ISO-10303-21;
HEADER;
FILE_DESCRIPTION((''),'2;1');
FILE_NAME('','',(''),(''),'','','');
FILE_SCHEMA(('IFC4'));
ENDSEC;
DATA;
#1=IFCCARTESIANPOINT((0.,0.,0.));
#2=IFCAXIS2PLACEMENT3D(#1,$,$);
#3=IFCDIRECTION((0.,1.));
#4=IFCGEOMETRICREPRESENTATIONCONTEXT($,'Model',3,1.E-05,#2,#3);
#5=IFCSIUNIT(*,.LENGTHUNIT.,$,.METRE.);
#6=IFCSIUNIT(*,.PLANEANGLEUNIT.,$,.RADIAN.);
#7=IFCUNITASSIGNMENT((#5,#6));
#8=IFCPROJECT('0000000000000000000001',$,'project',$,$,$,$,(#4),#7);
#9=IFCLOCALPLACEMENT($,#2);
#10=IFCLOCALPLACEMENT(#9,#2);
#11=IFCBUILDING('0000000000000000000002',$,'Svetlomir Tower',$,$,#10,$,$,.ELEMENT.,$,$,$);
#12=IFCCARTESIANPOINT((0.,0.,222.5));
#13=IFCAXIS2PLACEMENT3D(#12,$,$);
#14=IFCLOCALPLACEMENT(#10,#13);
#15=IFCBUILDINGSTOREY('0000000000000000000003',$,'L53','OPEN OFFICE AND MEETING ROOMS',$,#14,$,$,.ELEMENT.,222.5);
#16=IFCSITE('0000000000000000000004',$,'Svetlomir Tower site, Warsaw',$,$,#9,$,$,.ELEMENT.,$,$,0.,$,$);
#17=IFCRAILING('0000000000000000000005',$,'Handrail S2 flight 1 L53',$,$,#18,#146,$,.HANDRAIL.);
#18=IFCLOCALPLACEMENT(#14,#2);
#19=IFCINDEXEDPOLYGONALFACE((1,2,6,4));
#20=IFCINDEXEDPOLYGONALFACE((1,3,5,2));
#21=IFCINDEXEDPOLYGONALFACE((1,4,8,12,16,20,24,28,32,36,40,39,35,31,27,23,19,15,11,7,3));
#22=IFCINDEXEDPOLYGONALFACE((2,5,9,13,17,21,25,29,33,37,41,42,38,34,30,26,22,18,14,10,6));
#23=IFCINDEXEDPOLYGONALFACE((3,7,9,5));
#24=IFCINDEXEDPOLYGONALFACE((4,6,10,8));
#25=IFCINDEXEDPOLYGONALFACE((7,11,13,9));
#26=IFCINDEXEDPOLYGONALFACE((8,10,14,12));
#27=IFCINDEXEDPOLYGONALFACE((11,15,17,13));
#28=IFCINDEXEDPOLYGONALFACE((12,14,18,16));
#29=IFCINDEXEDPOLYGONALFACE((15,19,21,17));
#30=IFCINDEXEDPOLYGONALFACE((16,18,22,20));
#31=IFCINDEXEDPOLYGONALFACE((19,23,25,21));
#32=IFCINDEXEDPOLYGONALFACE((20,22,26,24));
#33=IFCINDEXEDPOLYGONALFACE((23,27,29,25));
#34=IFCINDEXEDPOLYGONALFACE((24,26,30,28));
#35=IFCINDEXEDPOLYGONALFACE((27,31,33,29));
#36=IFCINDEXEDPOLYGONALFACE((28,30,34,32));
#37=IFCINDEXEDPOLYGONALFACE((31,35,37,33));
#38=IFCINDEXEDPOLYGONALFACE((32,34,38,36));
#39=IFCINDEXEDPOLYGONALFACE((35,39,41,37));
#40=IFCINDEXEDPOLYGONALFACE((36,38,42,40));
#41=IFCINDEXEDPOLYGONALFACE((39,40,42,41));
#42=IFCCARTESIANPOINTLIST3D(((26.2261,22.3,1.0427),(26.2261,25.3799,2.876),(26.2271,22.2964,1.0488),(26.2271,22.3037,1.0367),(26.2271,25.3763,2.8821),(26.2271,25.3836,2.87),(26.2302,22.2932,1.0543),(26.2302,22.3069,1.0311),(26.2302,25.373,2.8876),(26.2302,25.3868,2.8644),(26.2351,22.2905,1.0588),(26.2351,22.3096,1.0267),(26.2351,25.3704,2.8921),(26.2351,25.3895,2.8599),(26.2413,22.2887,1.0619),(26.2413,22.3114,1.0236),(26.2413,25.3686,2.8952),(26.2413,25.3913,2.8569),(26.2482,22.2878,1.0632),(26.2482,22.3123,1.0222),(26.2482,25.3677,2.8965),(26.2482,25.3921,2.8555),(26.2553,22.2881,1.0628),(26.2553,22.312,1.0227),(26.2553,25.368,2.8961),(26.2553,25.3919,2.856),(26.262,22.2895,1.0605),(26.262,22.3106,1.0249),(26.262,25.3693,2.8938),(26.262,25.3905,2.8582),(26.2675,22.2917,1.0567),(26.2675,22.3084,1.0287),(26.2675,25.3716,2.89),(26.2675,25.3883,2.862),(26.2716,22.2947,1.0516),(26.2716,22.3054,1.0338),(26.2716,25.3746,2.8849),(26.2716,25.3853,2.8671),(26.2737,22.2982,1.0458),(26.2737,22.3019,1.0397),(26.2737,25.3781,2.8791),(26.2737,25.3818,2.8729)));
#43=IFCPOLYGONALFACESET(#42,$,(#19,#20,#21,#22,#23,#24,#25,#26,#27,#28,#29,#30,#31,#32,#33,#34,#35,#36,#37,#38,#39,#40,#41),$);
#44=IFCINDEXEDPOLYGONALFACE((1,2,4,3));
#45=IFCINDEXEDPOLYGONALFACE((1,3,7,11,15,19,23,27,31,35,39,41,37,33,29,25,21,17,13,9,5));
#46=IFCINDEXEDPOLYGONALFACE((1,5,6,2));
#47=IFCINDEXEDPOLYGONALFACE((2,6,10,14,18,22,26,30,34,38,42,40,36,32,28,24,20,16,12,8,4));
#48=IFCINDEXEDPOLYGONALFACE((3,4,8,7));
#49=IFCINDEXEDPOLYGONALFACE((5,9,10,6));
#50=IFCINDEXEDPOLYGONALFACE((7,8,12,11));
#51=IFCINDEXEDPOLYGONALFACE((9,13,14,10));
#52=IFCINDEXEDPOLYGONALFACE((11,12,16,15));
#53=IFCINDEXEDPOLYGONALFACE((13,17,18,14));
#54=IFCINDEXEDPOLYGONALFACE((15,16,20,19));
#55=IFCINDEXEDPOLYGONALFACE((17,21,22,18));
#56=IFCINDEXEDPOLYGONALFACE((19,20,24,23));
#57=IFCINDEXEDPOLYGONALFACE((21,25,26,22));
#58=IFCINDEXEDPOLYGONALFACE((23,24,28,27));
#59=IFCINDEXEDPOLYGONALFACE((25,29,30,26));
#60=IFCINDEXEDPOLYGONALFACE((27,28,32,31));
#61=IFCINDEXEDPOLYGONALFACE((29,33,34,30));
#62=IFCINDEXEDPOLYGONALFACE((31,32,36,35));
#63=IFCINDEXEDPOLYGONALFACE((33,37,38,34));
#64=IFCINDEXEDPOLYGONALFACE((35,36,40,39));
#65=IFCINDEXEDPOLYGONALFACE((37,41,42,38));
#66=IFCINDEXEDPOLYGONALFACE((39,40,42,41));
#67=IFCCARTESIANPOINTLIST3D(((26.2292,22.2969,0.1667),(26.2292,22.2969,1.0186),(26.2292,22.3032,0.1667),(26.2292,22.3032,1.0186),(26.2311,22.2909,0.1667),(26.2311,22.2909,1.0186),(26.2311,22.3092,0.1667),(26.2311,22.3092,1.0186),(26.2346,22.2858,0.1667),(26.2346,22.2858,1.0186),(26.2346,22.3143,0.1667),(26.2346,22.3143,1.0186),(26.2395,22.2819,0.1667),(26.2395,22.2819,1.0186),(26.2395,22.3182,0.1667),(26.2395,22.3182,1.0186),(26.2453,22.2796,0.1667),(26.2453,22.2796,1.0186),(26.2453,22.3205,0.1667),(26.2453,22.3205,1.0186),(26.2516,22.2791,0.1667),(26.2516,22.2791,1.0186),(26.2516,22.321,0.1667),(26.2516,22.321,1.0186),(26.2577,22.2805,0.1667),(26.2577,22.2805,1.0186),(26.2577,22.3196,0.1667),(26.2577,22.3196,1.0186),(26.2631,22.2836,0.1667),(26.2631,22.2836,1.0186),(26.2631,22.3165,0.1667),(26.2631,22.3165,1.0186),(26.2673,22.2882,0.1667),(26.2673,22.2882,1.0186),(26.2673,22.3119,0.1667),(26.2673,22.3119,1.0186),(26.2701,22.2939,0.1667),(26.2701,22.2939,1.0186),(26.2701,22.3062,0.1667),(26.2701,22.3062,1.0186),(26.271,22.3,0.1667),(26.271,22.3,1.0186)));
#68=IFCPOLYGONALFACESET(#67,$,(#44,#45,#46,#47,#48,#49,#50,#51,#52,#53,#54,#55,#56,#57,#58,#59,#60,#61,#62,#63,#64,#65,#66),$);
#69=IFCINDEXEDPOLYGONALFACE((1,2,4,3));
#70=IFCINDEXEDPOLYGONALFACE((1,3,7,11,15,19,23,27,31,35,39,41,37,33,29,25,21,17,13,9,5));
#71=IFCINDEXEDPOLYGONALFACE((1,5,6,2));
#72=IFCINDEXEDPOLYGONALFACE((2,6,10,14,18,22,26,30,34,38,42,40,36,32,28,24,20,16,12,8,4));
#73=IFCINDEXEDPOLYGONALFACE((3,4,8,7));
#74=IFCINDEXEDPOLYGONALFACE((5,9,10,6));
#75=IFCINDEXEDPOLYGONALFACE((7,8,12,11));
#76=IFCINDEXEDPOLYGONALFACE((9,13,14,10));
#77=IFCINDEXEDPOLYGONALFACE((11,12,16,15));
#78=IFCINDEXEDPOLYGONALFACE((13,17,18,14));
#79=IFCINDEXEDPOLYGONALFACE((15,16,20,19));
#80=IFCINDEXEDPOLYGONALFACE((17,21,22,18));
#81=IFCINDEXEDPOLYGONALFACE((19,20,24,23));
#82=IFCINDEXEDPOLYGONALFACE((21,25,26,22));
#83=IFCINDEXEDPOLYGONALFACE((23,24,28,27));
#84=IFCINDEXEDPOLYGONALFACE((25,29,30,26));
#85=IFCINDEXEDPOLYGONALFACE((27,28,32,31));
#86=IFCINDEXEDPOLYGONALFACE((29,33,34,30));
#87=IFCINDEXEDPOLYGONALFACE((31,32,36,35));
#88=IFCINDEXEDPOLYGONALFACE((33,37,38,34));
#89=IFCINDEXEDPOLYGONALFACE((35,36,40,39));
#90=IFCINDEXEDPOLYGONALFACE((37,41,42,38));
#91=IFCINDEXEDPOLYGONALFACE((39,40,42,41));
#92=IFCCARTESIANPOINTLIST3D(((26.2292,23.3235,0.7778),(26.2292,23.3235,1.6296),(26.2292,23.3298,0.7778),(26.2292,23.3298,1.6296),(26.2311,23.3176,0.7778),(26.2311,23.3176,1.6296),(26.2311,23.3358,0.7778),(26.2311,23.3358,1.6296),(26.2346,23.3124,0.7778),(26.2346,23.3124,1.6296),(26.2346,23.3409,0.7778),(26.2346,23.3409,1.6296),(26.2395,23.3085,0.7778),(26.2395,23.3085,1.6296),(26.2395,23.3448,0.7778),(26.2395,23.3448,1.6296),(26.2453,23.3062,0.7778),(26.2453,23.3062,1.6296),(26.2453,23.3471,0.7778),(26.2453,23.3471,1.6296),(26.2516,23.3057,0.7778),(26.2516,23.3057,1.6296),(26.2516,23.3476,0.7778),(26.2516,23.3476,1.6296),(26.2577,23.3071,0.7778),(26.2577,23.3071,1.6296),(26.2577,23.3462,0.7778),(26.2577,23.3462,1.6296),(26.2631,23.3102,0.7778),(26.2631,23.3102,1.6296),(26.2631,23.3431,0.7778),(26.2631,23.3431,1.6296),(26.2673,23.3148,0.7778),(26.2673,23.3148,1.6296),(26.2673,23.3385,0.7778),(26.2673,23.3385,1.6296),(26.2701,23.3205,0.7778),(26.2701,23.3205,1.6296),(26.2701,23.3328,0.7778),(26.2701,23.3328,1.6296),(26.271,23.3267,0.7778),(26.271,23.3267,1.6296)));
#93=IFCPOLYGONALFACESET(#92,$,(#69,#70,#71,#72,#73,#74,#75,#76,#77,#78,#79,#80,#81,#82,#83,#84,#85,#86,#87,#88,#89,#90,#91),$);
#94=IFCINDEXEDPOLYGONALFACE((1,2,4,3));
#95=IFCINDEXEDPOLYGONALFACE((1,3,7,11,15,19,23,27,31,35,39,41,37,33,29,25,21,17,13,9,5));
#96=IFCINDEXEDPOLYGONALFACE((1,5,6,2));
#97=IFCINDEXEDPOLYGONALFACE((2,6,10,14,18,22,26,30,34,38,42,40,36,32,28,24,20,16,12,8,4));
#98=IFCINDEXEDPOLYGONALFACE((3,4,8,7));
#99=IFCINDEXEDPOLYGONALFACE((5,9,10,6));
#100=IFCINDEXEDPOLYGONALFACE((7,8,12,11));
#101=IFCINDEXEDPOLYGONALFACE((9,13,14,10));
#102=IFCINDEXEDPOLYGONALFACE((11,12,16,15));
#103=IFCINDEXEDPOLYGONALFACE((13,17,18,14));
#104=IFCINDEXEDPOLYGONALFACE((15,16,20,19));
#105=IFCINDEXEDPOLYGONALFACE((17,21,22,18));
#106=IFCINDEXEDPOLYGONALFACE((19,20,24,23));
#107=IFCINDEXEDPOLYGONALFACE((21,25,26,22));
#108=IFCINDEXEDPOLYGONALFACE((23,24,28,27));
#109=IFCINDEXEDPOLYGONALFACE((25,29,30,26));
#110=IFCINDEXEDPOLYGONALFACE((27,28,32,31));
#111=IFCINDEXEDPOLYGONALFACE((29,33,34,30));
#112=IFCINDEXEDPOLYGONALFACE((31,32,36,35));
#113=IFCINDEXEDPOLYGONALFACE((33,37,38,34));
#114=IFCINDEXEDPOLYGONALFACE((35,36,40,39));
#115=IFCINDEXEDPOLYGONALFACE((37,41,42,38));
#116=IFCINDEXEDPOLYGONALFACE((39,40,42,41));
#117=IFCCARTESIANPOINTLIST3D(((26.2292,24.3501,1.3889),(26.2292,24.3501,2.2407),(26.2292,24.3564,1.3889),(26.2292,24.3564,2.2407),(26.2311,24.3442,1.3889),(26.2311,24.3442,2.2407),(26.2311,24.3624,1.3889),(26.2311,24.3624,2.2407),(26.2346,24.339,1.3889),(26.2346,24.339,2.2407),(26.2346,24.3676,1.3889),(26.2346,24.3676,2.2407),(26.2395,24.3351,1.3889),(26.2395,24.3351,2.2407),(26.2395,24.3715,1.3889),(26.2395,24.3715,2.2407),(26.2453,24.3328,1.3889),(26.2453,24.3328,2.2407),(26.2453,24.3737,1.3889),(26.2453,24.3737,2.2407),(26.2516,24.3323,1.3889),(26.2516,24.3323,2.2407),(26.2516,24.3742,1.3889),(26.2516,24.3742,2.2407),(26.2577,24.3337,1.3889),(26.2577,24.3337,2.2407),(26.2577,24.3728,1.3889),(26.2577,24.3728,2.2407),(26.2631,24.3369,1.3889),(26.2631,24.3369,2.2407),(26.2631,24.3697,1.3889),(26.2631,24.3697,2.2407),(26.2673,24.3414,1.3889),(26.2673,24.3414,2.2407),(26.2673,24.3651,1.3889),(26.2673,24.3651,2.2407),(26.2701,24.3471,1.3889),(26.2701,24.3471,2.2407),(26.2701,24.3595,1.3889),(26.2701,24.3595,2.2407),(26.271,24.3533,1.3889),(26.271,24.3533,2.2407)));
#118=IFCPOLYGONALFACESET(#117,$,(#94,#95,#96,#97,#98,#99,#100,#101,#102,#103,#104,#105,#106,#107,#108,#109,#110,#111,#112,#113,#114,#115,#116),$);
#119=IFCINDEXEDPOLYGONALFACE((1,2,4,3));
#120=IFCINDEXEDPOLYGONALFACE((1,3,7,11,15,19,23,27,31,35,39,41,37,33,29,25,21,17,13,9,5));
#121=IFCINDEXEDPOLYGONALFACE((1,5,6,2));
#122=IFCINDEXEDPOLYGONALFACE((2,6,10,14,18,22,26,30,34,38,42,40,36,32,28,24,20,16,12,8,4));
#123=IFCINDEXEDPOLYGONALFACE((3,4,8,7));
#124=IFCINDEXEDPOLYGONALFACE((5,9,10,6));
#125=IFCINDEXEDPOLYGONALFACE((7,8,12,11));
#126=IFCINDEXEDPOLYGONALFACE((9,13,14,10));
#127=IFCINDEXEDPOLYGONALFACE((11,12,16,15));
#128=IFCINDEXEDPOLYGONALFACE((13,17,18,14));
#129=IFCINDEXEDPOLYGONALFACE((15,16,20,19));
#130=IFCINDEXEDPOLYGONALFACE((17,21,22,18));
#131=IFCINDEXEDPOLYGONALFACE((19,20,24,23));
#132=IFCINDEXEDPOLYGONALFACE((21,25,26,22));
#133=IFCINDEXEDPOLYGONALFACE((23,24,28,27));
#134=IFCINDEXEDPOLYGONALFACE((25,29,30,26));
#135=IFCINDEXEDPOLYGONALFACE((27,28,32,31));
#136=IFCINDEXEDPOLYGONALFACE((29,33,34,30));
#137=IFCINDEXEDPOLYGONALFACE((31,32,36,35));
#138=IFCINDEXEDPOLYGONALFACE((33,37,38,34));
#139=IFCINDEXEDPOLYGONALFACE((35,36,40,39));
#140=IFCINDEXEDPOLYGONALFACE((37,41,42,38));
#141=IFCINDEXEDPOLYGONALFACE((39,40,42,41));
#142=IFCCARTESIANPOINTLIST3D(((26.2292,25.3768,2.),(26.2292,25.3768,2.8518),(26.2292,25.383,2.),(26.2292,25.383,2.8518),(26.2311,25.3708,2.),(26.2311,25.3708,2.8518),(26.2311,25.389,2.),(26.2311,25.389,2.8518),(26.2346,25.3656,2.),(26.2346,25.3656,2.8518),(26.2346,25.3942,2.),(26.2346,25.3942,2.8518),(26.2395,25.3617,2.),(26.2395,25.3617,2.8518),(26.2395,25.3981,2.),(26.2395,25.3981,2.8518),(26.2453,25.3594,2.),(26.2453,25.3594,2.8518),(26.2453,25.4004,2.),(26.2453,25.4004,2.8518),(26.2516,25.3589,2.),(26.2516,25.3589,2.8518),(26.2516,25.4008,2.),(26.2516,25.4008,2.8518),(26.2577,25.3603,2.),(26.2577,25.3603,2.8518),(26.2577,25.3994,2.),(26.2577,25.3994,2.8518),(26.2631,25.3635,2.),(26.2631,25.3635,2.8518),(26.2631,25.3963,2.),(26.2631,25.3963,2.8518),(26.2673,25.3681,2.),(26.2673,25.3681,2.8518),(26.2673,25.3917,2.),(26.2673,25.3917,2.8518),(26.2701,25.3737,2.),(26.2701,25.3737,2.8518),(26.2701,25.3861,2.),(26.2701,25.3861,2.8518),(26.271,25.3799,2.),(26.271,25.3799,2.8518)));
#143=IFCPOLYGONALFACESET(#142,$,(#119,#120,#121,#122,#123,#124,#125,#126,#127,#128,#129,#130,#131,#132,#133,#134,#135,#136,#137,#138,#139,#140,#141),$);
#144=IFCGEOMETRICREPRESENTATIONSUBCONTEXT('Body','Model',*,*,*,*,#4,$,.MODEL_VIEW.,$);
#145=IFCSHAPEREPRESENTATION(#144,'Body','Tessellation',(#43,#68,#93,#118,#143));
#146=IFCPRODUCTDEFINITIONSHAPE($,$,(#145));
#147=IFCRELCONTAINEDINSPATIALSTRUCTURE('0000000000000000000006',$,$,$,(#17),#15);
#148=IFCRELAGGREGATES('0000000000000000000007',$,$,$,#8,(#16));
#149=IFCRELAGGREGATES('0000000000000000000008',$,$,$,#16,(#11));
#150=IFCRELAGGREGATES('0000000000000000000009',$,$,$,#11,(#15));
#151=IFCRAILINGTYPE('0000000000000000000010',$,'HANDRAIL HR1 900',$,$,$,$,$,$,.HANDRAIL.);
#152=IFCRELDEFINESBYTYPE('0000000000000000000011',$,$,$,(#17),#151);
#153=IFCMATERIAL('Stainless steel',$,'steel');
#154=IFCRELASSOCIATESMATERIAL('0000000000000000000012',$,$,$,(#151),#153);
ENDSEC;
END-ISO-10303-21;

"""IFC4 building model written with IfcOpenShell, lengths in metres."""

from ifc_helpers import new_model, si_unit, direction, frame, origin, origin_2d, place, context, subcontext, project, spatial, circle, extrude, material, type_object, element, save


model = new_model("IFC4")

# Units and contexts
model_context = context("Model", 3, precision=1e-05, world=origin(), true_north=direction((0.0, 1.0)))
body_context = subcontext(model_context, "Body", "Model", "MODEL_VIEW")
ifc_project = project(units=[si_unit("LENGTHUNIT", "METRE"), si_unit("PLANEANGLEUNIT", "RADIAN")], contexts=[model_context])

# Site, building, storey
site_placement = place(None, origin())
site = spatial("IfcSite", under=ifc_project, at=site_placement, Name="Svetlomir Tower site, Warsaw", CompositionType="ELEMENT", RefElevation=0.0)
building_placement = place(site_placement, origin())
building = spatial("IfcBuilding", under=site, at=building_placement, Name="Svetlomir Tower", CompositionType="ELEMENT")
storey_placement = place(building_placement, frame((0.0, 0.0, 222.5)))
storey = spatial("IfcBuildingStorey", under=building, at=storey_placement, Name="L53", Description="OPEN OFFICE AND MEETING ROOMS", CompositionType="ELEMENT", Elevation=222.5)

# Railing
ifc_material_1 = material(Name="Stainless steel", Category="steel")
railing_type = type_object("IfcRailingType", Name="HANDRAIL HR1 900", PredefinedType="HANDRAIL", material=ifc_material_1)
railing_placement = place(storey_placement, frame((26.25, 22.3, 0.1667)))
element("IfcRailing", 1, at=railing_placement, inside=storey, type_object=railing_type, Name="Handrail S2 flight 1 L53", PredefinedType="HANDRAIL", context=body_context, shape_type="SweptSolid", body=[
    extrude(circle(Radius=0.0239, at=origin_2d()), frame((0.0, 0.0, 0.876), z_axis=(0.0, 0.859291, 0.511487), x_axis=(-1.0, 0.0, 0.0)), (0.0, 0.0, 1.0), 3.5842),
    extrude(circle(Radius=0.021, at=origin_2d()), origin(), (0.0, 0.0, 1.0), 0.8518),
    extrude(circle(Radius=0.021, at=origin_2d()), frame((0.0, 1.0266, 0.6111)), (0.0, 0.0, 1.0), 0.8518),
    extrude(circle(Radius=0.021, at=origin_2d()), frame((0.0, 2.0532, 1.2222)), (0.0, 0.0, 1.0), 0.8518),
    extrude(circle(Radius=0.021, at=origin_2d()), frame((0.0, 3.0798, 1.8333)), (0.0, 0.0, 1.0), 0.8518),
])

save(model, "model.ifc")
